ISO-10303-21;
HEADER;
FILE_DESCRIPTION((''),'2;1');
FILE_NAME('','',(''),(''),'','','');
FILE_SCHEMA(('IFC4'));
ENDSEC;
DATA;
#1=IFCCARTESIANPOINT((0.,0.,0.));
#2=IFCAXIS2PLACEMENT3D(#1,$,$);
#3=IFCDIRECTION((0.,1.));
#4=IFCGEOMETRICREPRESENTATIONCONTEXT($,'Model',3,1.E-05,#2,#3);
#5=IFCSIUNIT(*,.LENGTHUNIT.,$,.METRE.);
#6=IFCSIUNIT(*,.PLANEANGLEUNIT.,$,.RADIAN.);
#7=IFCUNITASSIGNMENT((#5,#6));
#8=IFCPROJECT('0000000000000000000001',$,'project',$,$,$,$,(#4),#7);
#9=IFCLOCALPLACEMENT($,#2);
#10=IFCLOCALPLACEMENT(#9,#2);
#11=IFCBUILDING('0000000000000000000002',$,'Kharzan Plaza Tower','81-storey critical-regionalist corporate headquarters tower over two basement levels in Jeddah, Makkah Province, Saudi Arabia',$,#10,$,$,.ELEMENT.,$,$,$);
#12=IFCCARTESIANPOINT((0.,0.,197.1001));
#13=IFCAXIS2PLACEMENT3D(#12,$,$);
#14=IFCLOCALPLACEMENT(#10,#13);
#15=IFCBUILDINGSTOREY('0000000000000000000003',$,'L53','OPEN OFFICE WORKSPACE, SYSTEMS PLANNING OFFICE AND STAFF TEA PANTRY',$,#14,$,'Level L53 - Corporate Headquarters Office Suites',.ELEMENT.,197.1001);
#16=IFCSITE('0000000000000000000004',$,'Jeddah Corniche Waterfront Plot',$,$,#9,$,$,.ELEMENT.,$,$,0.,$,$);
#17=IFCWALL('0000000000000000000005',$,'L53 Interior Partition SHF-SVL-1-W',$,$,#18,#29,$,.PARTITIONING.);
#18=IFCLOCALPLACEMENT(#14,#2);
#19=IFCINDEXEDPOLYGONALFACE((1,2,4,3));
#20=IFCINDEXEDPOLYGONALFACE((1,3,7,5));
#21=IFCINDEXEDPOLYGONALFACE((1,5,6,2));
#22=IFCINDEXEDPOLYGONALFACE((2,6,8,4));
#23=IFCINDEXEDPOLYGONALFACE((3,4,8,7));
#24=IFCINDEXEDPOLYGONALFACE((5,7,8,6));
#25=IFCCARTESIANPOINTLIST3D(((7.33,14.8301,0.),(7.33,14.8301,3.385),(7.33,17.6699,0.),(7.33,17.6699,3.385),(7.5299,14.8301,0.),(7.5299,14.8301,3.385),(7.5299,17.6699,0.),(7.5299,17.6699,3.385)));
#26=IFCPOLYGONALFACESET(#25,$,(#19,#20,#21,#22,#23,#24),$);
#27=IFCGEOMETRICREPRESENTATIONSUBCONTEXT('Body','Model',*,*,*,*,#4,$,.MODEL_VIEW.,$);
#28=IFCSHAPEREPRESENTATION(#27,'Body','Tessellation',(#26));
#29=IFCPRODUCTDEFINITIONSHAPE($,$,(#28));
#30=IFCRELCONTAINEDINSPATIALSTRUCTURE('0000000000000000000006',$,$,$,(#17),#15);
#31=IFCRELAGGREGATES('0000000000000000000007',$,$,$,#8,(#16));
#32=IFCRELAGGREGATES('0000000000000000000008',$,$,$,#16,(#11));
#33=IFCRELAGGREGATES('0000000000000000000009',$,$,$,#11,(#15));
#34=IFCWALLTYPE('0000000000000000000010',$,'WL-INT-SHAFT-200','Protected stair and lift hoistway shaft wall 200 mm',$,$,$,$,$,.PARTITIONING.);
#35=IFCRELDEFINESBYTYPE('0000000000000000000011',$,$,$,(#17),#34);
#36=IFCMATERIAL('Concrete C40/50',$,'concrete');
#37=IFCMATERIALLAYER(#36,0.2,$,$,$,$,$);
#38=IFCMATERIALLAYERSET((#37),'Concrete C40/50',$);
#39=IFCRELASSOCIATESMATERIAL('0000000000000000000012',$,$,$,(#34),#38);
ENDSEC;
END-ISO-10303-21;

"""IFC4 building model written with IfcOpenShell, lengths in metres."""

from ifc_helpers import new_model, si_unit, direction, frame, frame_2d, origin, place, context, subcontext, project, spatial, rectangle, extrude, source, transform, mapped, material, layer, layer_set, type_object, element, save


model = new_model("IFC4")

# Units and contexts
model_context = context("Model", 3, precision=1e-05, world=origin(), true_north=direction((0.0, 1.0)))
body_context = subcontext(model_context, "Body", "Model", "MODEL_VIEW")
ifc_project = project(units=[si_unit("LENGTHUNIT", "METRE"), si_unit("PLANEANGLEUNIT", "RADIAN")], contexts=[model_context])

# Site, building, storey
site_placement = place(None, origin())
site = spatial("IfcSite", under=ifc_project, at=site_placement, Name="Jeddah Corniche Waterfront Plot", CompositionType="ELEMENT", RefElevation=0.0)
building_placement = place(site_placement, origin())
building = spatial("IfcBuilding", under=site, at=building_placement, Name="Kharzan Plaza Tower", Description="81-storey critical-regionalist corporate headquarters tower over two basement levels in Jeddah, Makkah Province, Saudi Arabia", CompositionType="ELEMENT")
storey_placement = place(building_placement, frame((0.0, 0.0, 197.1001)))
storey = spatial("IfcBuildingStorey", under=building, at=storey_placement, Name="L53", Description="OPEN OFFICE WORKSPACE, SYSTEMS PLANNING OFFICE AND STAFF TEA PANTRY", LongName="Level L53 - Corporate Headquarters Office Suites", CompositionType="ELEMENT", Elevation=197.1001)

# Shared definitions
ifc_material_1 = material(Name="Concrete C40/50", Category="concrete")

# Shared definitions
ifc_layer_1 = layer(ifc_material_1, 0.2)
ifc_layer_set_1 = layer_set([ifc_layer_1], Name="Concrete C40/50")
wall_type_1 = type_object("IfcWallType", Name="WL-INT-SHAFT-200", Description="Protected stair and lift hoistway shaft wall 200 mm", PredefinedType="PARTITIONING", material=ifc_layer_set_1)

# Wall
shared_shape_1 = source(origin(), body_context, "Body", "SweptSolid", [
    extrude(rectangle(XDim=2.8398, YDim=0.2, at=frame_2d((1.4199, 0.0))), origin(), (0.0, 0.0, 1.0), 3.385),
])
wall_1_placement = place(storey_placement, frame((7.4299, 14.8301, 0.0), z_axis=(0.0, 0.0, 1.0), x_axis=(0.0, 1.0, 0.0)))
element("IfcWall", 1, at=wall_1_placement, inside=storey, type_object=wall_type_1, Name="L53 Interior Partition SHF-SVL-1-W", PredefinedType="PARTITIONING", context=body_context, shape_type="MappedRepresentation", body=[
    mapped(shared_shape_1, transform((0.0, 0.0, 0.0), x_axis=(1.0, 0.0, 0.0), y_axis=(0.0, 1.0, 0.0), z_axis=(0.0, 0.0, 1.0))),
])

save(model, "model.ifc")
